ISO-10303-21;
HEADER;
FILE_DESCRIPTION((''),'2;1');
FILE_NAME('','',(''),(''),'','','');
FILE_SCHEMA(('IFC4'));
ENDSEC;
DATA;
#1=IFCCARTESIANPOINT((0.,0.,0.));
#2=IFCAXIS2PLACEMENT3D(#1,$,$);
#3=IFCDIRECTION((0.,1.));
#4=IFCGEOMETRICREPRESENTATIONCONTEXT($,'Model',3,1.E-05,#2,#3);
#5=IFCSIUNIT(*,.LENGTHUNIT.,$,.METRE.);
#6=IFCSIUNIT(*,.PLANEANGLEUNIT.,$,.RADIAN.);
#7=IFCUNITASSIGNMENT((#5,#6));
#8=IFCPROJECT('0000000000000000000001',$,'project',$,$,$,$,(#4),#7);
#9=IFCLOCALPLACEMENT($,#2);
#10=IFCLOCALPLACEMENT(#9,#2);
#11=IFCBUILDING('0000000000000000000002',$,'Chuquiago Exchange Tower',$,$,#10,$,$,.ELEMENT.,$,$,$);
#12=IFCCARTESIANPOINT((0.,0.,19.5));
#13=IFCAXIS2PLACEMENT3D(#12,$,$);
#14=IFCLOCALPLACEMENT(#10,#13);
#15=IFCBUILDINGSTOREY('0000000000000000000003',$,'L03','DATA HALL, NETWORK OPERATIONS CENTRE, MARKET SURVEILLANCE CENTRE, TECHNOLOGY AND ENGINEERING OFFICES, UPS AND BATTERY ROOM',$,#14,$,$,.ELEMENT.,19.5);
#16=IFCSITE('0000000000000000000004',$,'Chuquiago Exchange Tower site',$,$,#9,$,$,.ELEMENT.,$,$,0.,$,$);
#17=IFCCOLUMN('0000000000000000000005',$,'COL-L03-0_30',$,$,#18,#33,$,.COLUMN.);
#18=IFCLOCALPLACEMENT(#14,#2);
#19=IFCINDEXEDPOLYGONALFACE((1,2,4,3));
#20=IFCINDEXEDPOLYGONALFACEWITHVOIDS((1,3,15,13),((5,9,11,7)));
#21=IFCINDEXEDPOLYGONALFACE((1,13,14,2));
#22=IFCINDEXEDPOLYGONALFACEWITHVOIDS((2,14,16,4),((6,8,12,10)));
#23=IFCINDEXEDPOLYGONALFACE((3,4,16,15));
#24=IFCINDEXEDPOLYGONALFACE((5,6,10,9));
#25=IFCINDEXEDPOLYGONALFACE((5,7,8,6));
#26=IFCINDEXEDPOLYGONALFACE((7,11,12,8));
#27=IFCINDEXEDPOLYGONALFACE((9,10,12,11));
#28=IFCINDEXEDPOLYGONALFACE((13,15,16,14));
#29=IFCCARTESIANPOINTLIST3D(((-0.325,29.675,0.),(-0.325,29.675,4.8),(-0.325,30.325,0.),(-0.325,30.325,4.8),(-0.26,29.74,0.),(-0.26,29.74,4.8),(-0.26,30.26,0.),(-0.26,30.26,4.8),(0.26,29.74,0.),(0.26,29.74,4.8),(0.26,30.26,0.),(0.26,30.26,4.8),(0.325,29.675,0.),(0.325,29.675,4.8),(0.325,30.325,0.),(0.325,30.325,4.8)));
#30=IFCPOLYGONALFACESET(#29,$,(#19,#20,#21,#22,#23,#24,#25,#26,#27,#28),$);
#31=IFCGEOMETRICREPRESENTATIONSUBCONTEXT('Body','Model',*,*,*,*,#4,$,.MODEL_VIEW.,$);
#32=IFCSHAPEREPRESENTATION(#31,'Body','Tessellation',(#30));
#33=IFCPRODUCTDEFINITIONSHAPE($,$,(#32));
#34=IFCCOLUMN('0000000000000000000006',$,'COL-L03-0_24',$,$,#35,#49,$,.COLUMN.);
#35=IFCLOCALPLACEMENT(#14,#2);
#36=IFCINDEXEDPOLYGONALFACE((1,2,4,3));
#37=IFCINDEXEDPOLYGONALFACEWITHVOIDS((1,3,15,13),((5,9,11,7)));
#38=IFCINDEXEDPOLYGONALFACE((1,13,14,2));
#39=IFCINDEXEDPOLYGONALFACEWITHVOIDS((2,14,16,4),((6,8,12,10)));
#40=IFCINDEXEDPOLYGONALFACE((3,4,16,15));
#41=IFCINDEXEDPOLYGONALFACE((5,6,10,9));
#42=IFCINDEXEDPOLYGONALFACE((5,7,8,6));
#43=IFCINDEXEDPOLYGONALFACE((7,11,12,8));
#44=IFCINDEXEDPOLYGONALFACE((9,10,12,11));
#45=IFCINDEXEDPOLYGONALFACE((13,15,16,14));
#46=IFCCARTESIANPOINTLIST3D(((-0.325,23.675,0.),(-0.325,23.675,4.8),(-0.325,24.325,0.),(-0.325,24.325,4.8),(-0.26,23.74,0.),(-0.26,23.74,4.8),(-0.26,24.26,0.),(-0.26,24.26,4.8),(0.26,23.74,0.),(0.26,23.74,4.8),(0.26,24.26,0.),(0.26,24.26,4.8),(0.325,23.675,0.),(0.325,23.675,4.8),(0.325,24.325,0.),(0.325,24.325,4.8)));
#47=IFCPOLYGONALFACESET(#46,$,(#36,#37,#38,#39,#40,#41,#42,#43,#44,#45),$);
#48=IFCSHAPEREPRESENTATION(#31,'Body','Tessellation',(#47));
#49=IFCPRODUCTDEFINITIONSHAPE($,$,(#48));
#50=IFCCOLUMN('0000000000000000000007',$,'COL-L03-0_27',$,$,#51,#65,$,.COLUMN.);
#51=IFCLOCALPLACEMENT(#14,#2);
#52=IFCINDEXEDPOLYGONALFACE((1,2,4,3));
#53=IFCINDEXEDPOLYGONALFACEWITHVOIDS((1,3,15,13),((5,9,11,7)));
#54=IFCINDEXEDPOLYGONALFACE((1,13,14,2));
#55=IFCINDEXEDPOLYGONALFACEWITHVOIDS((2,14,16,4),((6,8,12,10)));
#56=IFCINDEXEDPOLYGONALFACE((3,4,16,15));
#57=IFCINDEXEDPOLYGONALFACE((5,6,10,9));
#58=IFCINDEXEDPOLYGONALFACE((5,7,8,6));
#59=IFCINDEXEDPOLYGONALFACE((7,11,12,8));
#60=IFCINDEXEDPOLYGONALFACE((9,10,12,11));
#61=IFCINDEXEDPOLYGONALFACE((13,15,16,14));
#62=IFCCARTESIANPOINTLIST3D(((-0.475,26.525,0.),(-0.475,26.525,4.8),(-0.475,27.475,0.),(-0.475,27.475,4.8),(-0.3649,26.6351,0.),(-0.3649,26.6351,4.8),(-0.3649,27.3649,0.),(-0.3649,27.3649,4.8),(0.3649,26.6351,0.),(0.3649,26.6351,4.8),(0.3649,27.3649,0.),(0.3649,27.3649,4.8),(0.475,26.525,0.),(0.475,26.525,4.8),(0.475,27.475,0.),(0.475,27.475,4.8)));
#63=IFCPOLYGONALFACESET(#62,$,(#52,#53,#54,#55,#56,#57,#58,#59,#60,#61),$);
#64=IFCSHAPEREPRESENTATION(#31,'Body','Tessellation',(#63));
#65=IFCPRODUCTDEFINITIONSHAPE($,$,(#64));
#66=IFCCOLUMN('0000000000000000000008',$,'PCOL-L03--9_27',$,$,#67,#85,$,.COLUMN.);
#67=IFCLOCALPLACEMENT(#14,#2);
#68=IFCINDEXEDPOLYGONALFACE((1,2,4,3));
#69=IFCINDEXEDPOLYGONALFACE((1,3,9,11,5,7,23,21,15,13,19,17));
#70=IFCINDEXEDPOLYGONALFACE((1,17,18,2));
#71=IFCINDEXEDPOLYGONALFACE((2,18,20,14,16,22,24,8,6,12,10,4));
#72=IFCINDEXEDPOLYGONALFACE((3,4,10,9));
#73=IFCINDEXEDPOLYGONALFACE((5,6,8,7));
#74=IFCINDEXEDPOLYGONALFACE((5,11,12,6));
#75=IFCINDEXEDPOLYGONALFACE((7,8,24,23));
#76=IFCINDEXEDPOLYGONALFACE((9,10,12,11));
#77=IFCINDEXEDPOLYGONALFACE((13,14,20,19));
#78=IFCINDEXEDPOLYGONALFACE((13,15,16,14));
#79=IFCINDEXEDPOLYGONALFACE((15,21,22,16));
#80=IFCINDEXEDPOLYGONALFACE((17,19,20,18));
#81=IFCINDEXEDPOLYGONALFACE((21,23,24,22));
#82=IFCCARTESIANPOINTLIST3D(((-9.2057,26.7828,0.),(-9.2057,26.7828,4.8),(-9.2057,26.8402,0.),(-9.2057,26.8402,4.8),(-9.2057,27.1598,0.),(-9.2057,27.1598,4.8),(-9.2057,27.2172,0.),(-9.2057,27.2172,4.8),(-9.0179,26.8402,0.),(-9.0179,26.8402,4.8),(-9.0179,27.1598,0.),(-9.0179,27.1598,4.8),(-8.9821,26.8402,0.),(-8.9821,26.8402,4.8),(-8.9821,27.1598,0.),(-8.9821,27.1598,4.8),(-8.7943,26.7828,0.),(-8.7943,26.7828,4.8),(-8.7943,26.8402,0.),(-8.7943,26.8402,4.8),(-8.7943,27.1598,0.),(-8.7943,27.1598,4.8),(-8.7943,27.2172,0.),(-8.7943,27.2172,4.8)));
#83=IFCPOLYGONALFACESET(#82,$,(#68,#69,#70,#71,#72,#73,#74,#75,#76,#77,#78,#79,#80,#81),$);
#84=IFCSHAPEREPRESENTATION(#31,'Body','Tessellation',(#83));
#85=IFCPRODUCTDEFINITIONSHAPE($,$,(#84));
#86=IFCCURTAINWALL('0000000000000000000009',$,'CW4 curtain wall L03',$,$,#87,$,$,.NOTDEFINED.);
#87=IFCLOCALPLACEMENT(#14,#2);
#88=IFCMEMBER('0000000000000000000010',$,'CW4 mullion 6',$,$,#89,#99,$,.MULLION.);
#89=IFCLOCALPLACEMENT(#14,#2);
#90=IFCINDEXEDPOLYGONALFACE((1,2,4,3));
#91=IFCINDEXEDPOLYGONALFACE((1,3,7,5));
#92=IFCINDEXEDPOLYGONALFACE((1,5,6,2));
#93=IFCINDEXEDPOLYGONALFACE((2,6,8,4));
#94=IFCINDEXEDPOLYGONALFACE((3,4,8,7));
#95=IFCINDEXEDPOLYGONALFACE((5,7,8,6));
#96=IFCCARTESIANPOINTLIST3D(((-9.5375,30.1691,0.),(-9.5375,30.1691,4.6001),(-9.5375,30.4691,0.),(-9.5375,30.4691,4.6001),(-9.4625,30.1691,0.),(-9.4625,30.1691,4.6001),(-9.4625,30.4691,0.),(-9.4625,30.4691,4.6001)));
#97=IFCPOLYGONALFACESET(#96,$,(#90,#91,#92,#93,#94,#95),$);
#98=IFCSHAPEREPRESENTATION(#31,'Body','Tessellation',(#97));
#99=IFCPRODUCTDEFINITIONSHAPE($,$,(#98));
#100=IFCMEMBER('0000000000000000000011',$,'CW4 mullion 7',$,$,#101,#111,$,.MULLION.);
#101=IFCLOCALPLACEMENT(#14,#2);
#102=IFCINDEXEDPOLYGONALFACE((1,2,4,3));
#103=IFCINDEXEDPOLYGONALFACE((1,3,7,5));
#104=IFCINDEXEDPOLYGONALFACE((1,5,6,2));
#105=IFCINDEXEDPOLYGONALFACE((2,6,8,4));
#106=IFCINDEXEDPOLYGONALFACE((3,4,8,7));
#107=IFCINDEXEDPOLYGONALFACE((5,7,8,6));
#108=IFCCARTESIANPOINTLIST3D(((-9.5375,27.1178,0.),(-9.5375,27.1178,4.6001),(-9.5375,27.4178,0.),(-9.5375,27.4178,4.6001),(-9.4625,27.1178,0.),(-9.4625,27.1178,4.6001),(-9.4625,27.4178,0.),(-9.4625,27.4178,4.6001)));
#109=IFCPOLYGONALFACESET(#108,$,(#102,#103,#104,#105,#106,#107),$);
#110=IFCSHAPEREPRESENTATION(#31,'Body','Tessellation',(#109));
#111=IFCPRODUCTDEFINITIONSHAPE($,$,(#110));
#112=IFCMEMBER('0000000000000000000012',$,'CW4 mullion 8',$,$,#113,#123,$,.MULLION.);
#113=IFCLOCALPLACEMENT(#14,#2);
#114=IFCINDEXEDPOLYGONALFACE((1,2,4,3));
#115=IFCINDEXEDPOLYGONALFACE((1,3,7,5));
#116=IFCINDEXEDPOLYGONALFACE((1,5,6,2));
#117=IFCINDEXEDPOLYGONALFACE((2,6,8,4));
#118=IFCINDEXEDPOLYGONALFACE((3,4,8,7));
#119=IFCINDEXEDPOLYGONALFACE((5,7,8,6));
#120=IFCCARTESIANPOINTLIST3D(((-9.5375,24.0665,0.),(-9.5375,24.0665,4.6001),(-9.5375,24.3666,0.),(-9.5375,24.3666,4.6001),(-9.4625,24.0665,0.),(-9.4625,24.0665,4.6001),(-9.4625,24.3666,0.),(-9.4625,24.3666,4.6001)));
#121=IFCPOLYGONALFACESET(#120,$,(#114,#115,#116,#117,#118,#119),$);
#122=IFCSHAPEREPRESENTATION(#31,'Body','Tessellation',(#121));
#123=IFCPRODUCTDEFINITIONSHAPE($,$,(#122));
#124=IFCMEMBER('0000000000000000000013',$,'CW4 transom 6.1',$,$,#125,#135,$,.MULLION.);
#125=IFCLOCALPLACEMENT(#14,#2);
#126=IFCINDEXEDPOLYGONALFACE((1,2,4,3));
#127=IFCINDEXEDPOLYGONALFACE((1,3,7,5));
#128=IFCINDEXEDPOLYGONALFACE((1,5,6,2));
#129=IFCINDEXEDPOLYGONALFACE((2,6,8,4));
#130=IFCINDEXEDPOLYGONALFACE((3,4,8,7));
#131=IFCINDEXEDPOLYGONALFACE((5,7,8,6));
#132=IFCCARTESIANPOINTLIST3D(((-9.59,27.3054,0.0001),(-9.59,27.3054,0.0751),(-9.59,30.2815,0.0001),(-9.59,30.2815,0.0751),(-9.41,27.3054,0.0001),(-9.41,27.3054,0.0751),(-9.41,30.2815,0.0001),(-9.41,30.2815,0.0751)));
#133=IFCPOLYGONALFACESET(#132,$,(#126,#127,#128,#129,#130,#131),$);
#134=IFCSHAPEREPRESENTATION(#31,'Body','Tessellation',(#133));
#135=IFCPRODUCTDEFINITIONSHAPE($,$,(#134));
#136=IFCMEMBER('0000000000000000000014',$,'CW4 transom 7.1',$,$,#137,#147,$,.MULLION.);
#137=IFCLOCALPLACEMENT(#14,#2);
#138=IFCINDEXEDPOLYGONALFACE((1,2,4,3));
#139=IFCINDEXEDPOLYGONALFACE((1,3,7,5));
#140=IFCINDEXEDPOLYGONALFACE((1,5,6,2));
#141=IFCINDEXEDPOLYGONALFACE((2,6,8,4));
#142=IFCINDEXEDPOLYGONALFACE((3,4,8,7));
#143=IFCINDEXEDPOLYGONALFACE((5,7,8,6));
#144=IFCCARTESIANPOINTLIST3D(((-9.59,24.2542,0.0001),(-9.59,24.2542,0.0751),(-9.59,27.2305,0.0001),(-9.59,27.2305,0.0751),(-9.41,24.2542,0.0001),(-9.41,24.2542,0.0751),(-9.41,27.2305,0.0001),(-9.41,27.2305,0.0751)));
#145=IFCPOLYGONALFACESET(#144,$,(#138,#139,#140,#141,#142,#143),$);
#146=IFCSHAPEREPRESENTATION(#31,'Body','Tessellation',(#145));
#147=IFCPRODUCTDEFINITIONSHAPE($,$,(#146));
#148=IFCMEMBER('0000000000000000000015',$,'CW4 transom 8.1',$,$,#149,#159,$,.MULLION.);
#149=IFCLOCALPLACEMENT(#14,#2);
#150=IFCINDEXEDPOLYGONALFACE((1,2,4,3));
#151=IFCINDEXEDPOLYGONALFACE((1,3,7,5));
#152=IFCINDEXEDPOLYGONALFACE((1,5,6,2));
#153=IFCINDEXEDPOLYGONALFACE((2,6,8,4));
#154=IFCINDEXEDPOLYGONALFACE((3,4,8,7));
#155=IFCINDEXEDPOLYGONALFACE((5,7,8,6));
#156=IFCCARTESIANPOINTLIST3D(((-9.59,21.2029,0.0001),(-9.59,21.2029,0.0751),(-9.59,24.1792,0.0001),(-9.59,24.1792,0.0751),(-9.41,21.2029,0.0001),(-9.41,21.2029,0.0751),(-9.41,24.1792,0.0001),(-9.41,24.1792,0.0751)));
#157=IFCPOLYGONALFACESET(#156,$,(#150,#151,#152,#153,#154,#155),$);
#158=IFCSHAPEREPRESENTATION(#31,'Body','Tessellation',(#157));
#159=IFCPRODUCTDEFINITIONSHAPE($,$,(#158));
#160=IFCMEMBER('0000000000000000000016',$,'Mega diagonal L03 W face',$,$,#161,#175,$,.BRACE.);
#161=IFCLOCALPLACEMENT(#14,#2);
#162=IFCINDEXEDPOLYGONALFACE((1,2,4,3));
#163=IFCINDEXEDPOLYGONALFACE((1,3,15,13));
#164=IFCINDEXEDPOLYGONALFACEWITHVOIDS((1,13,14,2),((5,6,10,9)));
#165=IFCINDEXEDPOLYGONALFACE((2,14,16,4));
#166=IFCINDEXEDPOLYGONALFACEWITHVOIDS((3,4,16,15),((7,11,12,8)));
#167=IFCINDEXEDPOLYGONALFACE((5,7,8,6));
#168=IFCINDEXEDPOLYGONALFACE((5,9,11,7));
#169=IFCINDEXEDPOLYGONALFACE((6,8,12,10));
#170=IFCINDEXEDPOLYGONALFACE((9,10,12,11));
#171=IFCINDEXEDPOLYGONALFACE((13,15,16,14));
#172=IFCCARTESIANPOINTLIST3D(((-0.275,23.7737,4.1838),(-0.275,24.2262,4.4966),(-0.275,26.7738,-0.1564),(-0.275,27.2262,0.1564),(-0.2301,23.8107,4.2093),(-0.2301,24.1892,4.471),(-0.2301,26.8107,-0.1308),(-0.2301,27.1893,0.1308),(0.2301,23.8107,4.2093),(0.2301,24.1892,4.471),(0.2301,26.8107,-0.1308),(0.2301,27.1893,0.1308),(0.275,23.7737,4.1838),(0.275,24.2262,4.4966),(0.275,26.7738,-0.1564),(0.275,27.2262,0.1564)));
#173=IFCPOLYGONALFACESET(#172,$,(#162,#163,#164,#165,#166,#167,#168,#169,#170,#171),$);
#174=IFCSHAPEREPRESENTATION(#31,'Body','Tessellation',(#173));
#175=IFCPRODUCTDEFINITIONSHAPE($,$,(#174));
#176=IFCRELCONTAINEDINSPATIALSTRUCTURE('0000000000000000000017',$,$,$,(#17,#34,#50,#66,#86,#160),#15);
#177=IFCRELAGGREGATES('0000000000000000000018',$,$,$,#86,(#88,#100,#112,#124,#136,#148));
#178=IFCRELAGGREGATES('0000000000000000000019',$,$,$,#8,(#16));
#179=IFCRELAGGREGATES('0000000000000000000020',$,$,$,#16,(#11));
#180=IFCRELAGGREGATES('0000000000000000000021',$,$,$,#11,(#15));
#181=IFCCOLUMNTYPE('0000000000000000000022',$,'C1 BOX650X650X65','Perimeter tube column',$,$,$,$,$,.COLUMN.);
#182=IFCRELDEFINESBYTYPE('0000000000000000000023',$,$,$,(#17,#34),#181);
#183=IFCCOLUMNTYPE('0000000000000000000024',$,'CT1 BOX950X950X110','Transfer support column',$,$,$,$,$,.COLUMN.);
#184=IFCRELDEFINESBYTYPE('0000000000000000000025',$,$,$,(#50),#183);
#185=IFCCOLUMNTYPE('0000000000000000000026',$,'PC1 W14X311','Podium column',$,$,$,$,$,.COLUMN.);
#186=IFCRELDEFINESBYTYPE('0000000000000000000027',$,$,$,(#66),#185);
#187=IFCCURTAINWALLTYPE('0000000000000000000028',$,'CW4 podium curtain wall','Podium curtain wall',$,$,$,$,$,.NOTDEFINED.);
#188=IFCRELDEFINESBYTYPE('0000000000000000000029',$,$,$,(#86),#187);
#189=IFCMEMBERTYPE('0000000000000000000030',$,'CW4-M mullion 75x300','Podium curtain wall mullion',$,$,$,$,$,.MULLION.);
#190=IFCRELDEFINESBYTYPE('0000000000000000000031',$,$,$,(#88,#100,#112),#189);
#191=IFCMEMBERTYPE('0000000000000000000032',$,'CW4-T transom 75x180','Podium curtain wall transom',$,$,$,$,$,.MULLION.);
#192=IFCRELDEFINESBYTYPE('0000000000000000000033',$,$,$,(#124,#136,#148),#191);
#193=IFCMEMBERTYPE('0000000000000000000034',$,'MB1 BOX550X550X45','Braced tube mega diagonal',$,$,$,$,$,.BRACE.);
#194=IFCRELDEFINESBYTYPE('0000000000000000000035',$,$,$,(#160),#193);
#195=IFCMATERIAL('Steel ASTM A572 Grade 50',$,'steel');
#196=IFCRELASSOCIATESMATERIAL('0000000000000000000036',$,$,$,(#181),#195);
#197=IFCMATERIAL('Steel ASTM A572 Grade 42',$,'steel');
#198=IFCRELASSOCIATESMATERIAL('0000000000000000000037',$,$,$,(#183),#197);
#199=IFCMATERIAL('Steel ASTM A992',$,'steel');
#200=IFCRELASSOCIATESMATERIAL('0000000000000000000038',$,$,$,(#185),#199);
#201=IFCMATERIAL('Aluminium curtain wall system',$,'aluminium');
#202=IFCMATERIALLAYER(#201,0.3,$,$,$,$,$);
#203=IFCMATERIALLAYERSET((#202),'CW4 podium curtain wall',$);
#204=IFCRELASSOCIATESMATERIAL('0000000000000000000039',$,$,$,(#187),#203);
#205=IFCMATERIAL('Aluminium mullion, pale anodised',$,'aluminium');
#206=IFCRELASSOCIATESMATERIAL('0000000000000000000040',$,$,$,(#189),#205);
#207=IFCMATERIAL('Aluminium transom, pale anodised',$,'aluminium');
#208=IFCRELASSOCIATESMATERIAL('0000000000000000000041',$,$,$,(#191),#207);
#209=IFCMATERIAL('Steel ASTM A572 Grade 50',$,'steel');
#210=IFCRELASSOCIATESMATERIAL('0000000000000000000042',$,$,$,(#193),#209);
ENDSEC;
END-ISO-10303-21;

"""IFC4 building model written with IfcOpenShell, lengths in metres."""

from ifc_helpers import new_model, si_unit, direction, frame, origin, origin_2d, place, context, subcontext, project, spatial, rectangle, hollow_rectangle, i_section, extrude, material, layer, layer_set, material_profile, profile_set, type_object, element, aggregate, save


model = new_model("IFC4")

# Units and contexts
model_context = context("Model", 3, precision=1e-05, world=origin(), true_north=direction((0.0, 1.0)))
body_context = subcontext(model_context, "Body", "Model", "MODEL_VIEW")
ifc_project = project(units=[si_unit("LENGTHUNIT", "METRE"), si_unit("PLANEANGLEUNIT", "RADIAN")], contexts=[model_context])

# Site, building, storey
site_placement = place(None, origin())
site = spatial("IfcSite", under=ifc_project, at=site_placement, Name="Chuquiago Exchange Tower site", CompositionType="ELEMENT", RefElevation=0.0)
building_placement = place(site_placement, origin())
building = spatial("IfcBuilding", under=site, at=building_placement, Name="Chuquiago Exchange Tower", CompositionType="ELEMENT")
storey_placement = place(building_placement, frame((0.0, 0.0, 19.5)))
storey = spatial("IfcBuildingStorey", under=building, at=storey_placement, Name="L03", Description="DATA HALL, NETWORK OPERATIONS CENTRE, MARKET SURVEILLANCE CENTRE, TECHNOLOGY AND ENGINEERING OFFICES, UPS AND BATTERY ROOM", CompositionType="ELEMENT", Elevation=19.5)

# Columns
ifc_material_1 = material(Name="Steel ASTM A572 Grade 50", Category="steel")
ifc_material_profile_1 = material_profile(ifc_material_1, hollow_rectangle(XDim=0.6499, YDim=0.6499, WallThickness=0.0649, at=origin_2d()), Name="BOX650X650X65")
ifc_profile_set_1 = profile_set([ifc_material_profile_1], Name="Steel ASTM A572 Grade 50")
column_type_1 = type_object("IfcColumnType", Name="C1 BOX650X650X65", Description="Perimeter tube column", PredefinedType="COLUMN", material=ifc_profile_set_1)
for number, where, z_axis, x_axis, name in (
    (1, (0.0, 30.0, 0.0), (0.0, 0.0, 1.0), (-1.0, 0.0, 0.0), "COL-L03-0_30"),
    (2, (0.0, 24.0, 0.0), (0.0, 0.0, 1.0), (-1.0, 0.0, 0.0), "COL-L03-0_24"),
):
    element("IfcColumn", number, at=place(storey_placement, frame(where, z_axis=z_axis, x_axis=x_axis)), inside=storey, type_object=column_type_1, Name=name, PredefinedType="COLUMN", context=body_context, shape_type="SweptSolid", body=[
        extrude(hollow_rectangle(XDim=0.6499, YDim=0.6499, WallThickness=0.0649, at=origin_2d()), origin(), (0.0, 0.0, 1.0), 4.8),
    ])
ifc_material_2 = material(Name="Steel ASTM A572 Grade 42", Category="steel")
ifc_material_profile_2 = material_profile(ifc_material_2, hollow_rectangle(XDim=0.95, YDim=0.95, WallThickness=0.1101, at=origin_2d()), Name="BOX950X950X110")
ifc_profile_set_2 = profile_set([ifc_material_profile_2], Name="Steel ASTM A572 Grade 42")
column_type_2 = type_object("IfcColumnType", Name="CT1 BOX950X950X110", Description="Transfer support column", PredefinedType="COLUMN", material=ifc_profile_set_2)
column_1_placement = place(storey_placement, frame((0.0, 27.0, 0.0), z_axis=(0.0, 0.0, 1.0), x_axis=(-1.0, 0.0, 0.0)))
element("IfcColumn", 3, at=column_1_placement, inside=storey, type_object=column_type_2, Name="COL-L03-0_27", PredefinedType="COLUMN", context=body_context, shape_type="SweptSolid", body=[
    extrude(hollow_rectangle(XDim=0.95, YDim=0.95, WallThickness=0.1101, at=origin_2d()), origin(), (0.0, 0.0, 1.0), 4.8),
])
ifc_material_3 = material(Name="Steel ASTM A992", Category="steel")
ifc_material_profile_3 = material_profile(ifc_material_3, i_section(OverallWidth=0.4114, OverallDepth=0.4343, WebThickness=0.0359, FlangeThickness=0.0574, at=origin_2d()), Name="W14X311")
ifc_profile_set_3 = profile_set([ifc_material_profile_3], Name="Steel ASTM A992")
column_type_3 = type_object("IfcColumnType", Name="PC1 W14X311", Description="Podium column", PredefinedType="COLUMN", material=ifc_profile_set_3)
column_2_placement = place(storey_placement, frame((-9.0, 27.0, 0.0), z_axis=(0.0, 0.0, 1.0), x_axis=(1.0, 0.0, 0.0)))
element("IfcColumn", 4, at=column_2_placement, inside=storey, type_object=column_type_3, Name="PCOL-L03--9_27", PredefinedType="COLUMN", context=body_context, shape_type="SweptSolid", body=[
    extrude(i_section(OverallWidth=0.4114, OverallDepth=0.4343, WebThickness=0.0359, FlangeThickness=0.0574, at=origin_2d()), origin(), (0.0, 0.0, 1.0), 4.8),
])

# Curtain wall, members
ifc_material_4 = material(Name="Aluminium curtain wall system", Category="aluminium")
ifc_layer_1 = layer(ifc_material_4, 0.3)
ifc_layer_set_1 = layer_set([ifc_layer_1], Name="CW4 podium curtain wall")
curtain_wall_type = type_object("IfcCurtainWallType", Name="CW4 podium curtain wall", Description="Podium curtain wall", PredefinedType="NOTDEFINED", material=ifc_layer_set_1)
curtain_wall_placement = place(storey_placement, origin())
curtain_wall = element("IfcCurtainWall", 5, at=curtain_wall_placement, inside=storey, type_object=curtain_wall_type, Name="CW4 curtain wall L03", PredefinedType="NOTDEFINED")
ifc_material_5 = material(Name="Aluminium mullion, pale anodised", Category="aluminium")
ifc_material_profile_4 = material_profile(ifc_material_5, rectangle(XDim=0.075, YDim=0.3, at=origin_2d()), Name="AL 75x300")
ifc_profile_set_4 = profile_set([ifc_material_profile_4], Name="Aluminium mullion, pale anodised")
member_type_1 = type_object("IfcMemberType", Name="CW4-M mullion 75x300", Description="Podium curtain wall mullion", PredefinedType="MULLION", material=ifc_profile_set_4)
member_1_placement = place(storey_placement, frame((-9.5, 30.3191, 0.0), z_axis=(0.0, 0.0, 1.0), x_axis=(1.0, 0.0, 0.0)))
member_1 = element("IfcMember", 6, at=member_1_placement, type_object=member_type_1, Name="CW4 mullion 6", PredefinedType="MULLION", context=body_context, shape_type="SweptSolid", body=[
    extrude(rectangle(XDim=0.075, YDim=0.3, at=origin_2d()), origin(), (0.0, 0.0, 1.0), 4.6001),
])
member_2_placement = place(storey_placement, frame((-9.5, 27.2678, 0.0), z_axis=(0.0, 0.0, 1.0), x_axis=(1.0, 0.0, 0.0)))
member_2 = element("IfcMember", 7, at=member_2_placement, type_object=member_type_1, Name="CW4 mullion 7", PredefinedType="MULLION", context=body_context, shape_type="SweptSolid", body=[
    extrude(rectangle(XDim=0.075, YDim=0.3, at=origin_2d()), origin(), (0.0, 0.0, 1.0), 4.6001),
])
member_3_placement = place(storey_placement, frame((-9.5, 24.2166, 0.0), z_axis=(0.0, 0.0, 1.0), x_axis=(1.0, 0.0, 0.0)))
member_3 = element("IfcMember", 8, at=member_3_placement, type_object=member_type_1, Name="CW4 mullion 8", PredefinedType="MULLION", context=body_context, shape_type="SweptSolid", body=[
    extrude(rectangle(XDim=0.075, YDim=0.3, at=origin_2d()), origin(), (0.0, 0.0, 1.0), 4.6001),
])
ifc_material_6 = material(Name="Aluminium transom, pale anodised", Category="aluminium")
ifc_material_profile_5 = material_profile(ifc_material_6, rectangle(XDim=0.1799, YDim=0.075, at=origin_2d()), Name="AL 180x75")
ifc_profile_set_5 = profile_set([ifc_material_profile_5], Name="Aluminium transom, pale anodised")
member_type_2 = type_object("IfcMemberType", Name="CW4-T transom 75x180", Description="Podium curtain wall transom", PredefinedType="MULLION", material=ifc_profile_set_5)
member_4_placement = place(storey_placement, frame((-9.5, 30.2815, 0.0376), z_axis=(0.0, -1.0, 0.0), x_axis=(1.0, 0.0, 0.0)))
member_4 = element("IfcMember", 9, at=member_4_placement, type_object=member_type_2, Name="CW4 transom 6.1", PredefinedType="MULLION", context=body_context, shape_type="SweptSolid", body=[
    extrude(rectangle(XDim=0.1799, YDim=0.075, at=origin_2d()), origin(), (0.0, 0.0, 1.0), 2.9761),
])
member_5_placement = place(storey_placement, frame((-9.5, 27.2305, 0.0376), z_axis=(0.0, -1.0, 0.0), x_axis=(1.0, 0.0, 0.0)))
member_5 = element("IfcMember", 10, at=member_5_placement, type_object=member_type_2, Name="CW4 transom 7.1", PredefinedType="MULLION", context=body_context, shape_type="SweptSolid", body=[
    extrude(rectangle(XDim=0.1799, YDim=0.075, at=origin_2d()), origin(), (0.0, 0.0, 1.0), 2.9763),
])
member_6_placement = place(storey_placement, frame((-9.5, 24.1792, 0.0376), z_axis=(0.0, -1.0, 0.0), x_axis=(1.0, 0.0, 0.0)))
member_6 = element("IfcMember", 11, at=member_6_placement, type_object=member_type_2, Name="CW4 transom 8.1", PredefinedType="MULLION", context=body_context, shape_type="SweptSolid", body=[
    extrude(rectangle(XDim=0.1799, YDim=0.075, at=origin_2d()), origin(), (0.0, 0.0, 1.0), 2.9763),
])

# Member
ifc_material_7 = material(Name="Steel ASTM A572 Grade 50", Category="steel")
ifc_material_profile_6 = material_profile(ifc_material_7, hollow_rectangle(XDim=0.55, YDim=0.55, WallThickness=0.0449, at=origin_2d()), Name="BOX550X550X45")
ifc_profile_set_6 = profile_set([ifc_material_profile_6], Name="Steel ASTM A572 Grade 50")
member_type_3 = type_object("IfcMemberType", Name="MB1 BOX550X550X45", Description="Braced tube mega diagonal", PredefinedType="BRACE", material=ifc_profile_set_6)
member_7_placement = place(storey_placement, frame((0.0, 27.0, 0.0), z_axis=(0.0, -0.568611, 0.822607), x_axis=(1.0, 0.0, 0.0)))
element("IfcMember", 12, at=member_7_placement, inside=storey, type_object=member_type_3, Name="Mega diagonal L03 W face", PredefinedType="BRACE", context=body_context, shape_type="SweptSolid", body=[
    extrude(hollow_rectangle(XDim=0.55, YDim=0.55, WallThickness=0.0449, at=origin_2d()), origin(), (0.0, 0.0, 1.0), 5.2761),
])

aggregate(curtain_wall, [member_1, member_2, member_3, member_4, member_5, member_6])

save(model, "model.ifc")
